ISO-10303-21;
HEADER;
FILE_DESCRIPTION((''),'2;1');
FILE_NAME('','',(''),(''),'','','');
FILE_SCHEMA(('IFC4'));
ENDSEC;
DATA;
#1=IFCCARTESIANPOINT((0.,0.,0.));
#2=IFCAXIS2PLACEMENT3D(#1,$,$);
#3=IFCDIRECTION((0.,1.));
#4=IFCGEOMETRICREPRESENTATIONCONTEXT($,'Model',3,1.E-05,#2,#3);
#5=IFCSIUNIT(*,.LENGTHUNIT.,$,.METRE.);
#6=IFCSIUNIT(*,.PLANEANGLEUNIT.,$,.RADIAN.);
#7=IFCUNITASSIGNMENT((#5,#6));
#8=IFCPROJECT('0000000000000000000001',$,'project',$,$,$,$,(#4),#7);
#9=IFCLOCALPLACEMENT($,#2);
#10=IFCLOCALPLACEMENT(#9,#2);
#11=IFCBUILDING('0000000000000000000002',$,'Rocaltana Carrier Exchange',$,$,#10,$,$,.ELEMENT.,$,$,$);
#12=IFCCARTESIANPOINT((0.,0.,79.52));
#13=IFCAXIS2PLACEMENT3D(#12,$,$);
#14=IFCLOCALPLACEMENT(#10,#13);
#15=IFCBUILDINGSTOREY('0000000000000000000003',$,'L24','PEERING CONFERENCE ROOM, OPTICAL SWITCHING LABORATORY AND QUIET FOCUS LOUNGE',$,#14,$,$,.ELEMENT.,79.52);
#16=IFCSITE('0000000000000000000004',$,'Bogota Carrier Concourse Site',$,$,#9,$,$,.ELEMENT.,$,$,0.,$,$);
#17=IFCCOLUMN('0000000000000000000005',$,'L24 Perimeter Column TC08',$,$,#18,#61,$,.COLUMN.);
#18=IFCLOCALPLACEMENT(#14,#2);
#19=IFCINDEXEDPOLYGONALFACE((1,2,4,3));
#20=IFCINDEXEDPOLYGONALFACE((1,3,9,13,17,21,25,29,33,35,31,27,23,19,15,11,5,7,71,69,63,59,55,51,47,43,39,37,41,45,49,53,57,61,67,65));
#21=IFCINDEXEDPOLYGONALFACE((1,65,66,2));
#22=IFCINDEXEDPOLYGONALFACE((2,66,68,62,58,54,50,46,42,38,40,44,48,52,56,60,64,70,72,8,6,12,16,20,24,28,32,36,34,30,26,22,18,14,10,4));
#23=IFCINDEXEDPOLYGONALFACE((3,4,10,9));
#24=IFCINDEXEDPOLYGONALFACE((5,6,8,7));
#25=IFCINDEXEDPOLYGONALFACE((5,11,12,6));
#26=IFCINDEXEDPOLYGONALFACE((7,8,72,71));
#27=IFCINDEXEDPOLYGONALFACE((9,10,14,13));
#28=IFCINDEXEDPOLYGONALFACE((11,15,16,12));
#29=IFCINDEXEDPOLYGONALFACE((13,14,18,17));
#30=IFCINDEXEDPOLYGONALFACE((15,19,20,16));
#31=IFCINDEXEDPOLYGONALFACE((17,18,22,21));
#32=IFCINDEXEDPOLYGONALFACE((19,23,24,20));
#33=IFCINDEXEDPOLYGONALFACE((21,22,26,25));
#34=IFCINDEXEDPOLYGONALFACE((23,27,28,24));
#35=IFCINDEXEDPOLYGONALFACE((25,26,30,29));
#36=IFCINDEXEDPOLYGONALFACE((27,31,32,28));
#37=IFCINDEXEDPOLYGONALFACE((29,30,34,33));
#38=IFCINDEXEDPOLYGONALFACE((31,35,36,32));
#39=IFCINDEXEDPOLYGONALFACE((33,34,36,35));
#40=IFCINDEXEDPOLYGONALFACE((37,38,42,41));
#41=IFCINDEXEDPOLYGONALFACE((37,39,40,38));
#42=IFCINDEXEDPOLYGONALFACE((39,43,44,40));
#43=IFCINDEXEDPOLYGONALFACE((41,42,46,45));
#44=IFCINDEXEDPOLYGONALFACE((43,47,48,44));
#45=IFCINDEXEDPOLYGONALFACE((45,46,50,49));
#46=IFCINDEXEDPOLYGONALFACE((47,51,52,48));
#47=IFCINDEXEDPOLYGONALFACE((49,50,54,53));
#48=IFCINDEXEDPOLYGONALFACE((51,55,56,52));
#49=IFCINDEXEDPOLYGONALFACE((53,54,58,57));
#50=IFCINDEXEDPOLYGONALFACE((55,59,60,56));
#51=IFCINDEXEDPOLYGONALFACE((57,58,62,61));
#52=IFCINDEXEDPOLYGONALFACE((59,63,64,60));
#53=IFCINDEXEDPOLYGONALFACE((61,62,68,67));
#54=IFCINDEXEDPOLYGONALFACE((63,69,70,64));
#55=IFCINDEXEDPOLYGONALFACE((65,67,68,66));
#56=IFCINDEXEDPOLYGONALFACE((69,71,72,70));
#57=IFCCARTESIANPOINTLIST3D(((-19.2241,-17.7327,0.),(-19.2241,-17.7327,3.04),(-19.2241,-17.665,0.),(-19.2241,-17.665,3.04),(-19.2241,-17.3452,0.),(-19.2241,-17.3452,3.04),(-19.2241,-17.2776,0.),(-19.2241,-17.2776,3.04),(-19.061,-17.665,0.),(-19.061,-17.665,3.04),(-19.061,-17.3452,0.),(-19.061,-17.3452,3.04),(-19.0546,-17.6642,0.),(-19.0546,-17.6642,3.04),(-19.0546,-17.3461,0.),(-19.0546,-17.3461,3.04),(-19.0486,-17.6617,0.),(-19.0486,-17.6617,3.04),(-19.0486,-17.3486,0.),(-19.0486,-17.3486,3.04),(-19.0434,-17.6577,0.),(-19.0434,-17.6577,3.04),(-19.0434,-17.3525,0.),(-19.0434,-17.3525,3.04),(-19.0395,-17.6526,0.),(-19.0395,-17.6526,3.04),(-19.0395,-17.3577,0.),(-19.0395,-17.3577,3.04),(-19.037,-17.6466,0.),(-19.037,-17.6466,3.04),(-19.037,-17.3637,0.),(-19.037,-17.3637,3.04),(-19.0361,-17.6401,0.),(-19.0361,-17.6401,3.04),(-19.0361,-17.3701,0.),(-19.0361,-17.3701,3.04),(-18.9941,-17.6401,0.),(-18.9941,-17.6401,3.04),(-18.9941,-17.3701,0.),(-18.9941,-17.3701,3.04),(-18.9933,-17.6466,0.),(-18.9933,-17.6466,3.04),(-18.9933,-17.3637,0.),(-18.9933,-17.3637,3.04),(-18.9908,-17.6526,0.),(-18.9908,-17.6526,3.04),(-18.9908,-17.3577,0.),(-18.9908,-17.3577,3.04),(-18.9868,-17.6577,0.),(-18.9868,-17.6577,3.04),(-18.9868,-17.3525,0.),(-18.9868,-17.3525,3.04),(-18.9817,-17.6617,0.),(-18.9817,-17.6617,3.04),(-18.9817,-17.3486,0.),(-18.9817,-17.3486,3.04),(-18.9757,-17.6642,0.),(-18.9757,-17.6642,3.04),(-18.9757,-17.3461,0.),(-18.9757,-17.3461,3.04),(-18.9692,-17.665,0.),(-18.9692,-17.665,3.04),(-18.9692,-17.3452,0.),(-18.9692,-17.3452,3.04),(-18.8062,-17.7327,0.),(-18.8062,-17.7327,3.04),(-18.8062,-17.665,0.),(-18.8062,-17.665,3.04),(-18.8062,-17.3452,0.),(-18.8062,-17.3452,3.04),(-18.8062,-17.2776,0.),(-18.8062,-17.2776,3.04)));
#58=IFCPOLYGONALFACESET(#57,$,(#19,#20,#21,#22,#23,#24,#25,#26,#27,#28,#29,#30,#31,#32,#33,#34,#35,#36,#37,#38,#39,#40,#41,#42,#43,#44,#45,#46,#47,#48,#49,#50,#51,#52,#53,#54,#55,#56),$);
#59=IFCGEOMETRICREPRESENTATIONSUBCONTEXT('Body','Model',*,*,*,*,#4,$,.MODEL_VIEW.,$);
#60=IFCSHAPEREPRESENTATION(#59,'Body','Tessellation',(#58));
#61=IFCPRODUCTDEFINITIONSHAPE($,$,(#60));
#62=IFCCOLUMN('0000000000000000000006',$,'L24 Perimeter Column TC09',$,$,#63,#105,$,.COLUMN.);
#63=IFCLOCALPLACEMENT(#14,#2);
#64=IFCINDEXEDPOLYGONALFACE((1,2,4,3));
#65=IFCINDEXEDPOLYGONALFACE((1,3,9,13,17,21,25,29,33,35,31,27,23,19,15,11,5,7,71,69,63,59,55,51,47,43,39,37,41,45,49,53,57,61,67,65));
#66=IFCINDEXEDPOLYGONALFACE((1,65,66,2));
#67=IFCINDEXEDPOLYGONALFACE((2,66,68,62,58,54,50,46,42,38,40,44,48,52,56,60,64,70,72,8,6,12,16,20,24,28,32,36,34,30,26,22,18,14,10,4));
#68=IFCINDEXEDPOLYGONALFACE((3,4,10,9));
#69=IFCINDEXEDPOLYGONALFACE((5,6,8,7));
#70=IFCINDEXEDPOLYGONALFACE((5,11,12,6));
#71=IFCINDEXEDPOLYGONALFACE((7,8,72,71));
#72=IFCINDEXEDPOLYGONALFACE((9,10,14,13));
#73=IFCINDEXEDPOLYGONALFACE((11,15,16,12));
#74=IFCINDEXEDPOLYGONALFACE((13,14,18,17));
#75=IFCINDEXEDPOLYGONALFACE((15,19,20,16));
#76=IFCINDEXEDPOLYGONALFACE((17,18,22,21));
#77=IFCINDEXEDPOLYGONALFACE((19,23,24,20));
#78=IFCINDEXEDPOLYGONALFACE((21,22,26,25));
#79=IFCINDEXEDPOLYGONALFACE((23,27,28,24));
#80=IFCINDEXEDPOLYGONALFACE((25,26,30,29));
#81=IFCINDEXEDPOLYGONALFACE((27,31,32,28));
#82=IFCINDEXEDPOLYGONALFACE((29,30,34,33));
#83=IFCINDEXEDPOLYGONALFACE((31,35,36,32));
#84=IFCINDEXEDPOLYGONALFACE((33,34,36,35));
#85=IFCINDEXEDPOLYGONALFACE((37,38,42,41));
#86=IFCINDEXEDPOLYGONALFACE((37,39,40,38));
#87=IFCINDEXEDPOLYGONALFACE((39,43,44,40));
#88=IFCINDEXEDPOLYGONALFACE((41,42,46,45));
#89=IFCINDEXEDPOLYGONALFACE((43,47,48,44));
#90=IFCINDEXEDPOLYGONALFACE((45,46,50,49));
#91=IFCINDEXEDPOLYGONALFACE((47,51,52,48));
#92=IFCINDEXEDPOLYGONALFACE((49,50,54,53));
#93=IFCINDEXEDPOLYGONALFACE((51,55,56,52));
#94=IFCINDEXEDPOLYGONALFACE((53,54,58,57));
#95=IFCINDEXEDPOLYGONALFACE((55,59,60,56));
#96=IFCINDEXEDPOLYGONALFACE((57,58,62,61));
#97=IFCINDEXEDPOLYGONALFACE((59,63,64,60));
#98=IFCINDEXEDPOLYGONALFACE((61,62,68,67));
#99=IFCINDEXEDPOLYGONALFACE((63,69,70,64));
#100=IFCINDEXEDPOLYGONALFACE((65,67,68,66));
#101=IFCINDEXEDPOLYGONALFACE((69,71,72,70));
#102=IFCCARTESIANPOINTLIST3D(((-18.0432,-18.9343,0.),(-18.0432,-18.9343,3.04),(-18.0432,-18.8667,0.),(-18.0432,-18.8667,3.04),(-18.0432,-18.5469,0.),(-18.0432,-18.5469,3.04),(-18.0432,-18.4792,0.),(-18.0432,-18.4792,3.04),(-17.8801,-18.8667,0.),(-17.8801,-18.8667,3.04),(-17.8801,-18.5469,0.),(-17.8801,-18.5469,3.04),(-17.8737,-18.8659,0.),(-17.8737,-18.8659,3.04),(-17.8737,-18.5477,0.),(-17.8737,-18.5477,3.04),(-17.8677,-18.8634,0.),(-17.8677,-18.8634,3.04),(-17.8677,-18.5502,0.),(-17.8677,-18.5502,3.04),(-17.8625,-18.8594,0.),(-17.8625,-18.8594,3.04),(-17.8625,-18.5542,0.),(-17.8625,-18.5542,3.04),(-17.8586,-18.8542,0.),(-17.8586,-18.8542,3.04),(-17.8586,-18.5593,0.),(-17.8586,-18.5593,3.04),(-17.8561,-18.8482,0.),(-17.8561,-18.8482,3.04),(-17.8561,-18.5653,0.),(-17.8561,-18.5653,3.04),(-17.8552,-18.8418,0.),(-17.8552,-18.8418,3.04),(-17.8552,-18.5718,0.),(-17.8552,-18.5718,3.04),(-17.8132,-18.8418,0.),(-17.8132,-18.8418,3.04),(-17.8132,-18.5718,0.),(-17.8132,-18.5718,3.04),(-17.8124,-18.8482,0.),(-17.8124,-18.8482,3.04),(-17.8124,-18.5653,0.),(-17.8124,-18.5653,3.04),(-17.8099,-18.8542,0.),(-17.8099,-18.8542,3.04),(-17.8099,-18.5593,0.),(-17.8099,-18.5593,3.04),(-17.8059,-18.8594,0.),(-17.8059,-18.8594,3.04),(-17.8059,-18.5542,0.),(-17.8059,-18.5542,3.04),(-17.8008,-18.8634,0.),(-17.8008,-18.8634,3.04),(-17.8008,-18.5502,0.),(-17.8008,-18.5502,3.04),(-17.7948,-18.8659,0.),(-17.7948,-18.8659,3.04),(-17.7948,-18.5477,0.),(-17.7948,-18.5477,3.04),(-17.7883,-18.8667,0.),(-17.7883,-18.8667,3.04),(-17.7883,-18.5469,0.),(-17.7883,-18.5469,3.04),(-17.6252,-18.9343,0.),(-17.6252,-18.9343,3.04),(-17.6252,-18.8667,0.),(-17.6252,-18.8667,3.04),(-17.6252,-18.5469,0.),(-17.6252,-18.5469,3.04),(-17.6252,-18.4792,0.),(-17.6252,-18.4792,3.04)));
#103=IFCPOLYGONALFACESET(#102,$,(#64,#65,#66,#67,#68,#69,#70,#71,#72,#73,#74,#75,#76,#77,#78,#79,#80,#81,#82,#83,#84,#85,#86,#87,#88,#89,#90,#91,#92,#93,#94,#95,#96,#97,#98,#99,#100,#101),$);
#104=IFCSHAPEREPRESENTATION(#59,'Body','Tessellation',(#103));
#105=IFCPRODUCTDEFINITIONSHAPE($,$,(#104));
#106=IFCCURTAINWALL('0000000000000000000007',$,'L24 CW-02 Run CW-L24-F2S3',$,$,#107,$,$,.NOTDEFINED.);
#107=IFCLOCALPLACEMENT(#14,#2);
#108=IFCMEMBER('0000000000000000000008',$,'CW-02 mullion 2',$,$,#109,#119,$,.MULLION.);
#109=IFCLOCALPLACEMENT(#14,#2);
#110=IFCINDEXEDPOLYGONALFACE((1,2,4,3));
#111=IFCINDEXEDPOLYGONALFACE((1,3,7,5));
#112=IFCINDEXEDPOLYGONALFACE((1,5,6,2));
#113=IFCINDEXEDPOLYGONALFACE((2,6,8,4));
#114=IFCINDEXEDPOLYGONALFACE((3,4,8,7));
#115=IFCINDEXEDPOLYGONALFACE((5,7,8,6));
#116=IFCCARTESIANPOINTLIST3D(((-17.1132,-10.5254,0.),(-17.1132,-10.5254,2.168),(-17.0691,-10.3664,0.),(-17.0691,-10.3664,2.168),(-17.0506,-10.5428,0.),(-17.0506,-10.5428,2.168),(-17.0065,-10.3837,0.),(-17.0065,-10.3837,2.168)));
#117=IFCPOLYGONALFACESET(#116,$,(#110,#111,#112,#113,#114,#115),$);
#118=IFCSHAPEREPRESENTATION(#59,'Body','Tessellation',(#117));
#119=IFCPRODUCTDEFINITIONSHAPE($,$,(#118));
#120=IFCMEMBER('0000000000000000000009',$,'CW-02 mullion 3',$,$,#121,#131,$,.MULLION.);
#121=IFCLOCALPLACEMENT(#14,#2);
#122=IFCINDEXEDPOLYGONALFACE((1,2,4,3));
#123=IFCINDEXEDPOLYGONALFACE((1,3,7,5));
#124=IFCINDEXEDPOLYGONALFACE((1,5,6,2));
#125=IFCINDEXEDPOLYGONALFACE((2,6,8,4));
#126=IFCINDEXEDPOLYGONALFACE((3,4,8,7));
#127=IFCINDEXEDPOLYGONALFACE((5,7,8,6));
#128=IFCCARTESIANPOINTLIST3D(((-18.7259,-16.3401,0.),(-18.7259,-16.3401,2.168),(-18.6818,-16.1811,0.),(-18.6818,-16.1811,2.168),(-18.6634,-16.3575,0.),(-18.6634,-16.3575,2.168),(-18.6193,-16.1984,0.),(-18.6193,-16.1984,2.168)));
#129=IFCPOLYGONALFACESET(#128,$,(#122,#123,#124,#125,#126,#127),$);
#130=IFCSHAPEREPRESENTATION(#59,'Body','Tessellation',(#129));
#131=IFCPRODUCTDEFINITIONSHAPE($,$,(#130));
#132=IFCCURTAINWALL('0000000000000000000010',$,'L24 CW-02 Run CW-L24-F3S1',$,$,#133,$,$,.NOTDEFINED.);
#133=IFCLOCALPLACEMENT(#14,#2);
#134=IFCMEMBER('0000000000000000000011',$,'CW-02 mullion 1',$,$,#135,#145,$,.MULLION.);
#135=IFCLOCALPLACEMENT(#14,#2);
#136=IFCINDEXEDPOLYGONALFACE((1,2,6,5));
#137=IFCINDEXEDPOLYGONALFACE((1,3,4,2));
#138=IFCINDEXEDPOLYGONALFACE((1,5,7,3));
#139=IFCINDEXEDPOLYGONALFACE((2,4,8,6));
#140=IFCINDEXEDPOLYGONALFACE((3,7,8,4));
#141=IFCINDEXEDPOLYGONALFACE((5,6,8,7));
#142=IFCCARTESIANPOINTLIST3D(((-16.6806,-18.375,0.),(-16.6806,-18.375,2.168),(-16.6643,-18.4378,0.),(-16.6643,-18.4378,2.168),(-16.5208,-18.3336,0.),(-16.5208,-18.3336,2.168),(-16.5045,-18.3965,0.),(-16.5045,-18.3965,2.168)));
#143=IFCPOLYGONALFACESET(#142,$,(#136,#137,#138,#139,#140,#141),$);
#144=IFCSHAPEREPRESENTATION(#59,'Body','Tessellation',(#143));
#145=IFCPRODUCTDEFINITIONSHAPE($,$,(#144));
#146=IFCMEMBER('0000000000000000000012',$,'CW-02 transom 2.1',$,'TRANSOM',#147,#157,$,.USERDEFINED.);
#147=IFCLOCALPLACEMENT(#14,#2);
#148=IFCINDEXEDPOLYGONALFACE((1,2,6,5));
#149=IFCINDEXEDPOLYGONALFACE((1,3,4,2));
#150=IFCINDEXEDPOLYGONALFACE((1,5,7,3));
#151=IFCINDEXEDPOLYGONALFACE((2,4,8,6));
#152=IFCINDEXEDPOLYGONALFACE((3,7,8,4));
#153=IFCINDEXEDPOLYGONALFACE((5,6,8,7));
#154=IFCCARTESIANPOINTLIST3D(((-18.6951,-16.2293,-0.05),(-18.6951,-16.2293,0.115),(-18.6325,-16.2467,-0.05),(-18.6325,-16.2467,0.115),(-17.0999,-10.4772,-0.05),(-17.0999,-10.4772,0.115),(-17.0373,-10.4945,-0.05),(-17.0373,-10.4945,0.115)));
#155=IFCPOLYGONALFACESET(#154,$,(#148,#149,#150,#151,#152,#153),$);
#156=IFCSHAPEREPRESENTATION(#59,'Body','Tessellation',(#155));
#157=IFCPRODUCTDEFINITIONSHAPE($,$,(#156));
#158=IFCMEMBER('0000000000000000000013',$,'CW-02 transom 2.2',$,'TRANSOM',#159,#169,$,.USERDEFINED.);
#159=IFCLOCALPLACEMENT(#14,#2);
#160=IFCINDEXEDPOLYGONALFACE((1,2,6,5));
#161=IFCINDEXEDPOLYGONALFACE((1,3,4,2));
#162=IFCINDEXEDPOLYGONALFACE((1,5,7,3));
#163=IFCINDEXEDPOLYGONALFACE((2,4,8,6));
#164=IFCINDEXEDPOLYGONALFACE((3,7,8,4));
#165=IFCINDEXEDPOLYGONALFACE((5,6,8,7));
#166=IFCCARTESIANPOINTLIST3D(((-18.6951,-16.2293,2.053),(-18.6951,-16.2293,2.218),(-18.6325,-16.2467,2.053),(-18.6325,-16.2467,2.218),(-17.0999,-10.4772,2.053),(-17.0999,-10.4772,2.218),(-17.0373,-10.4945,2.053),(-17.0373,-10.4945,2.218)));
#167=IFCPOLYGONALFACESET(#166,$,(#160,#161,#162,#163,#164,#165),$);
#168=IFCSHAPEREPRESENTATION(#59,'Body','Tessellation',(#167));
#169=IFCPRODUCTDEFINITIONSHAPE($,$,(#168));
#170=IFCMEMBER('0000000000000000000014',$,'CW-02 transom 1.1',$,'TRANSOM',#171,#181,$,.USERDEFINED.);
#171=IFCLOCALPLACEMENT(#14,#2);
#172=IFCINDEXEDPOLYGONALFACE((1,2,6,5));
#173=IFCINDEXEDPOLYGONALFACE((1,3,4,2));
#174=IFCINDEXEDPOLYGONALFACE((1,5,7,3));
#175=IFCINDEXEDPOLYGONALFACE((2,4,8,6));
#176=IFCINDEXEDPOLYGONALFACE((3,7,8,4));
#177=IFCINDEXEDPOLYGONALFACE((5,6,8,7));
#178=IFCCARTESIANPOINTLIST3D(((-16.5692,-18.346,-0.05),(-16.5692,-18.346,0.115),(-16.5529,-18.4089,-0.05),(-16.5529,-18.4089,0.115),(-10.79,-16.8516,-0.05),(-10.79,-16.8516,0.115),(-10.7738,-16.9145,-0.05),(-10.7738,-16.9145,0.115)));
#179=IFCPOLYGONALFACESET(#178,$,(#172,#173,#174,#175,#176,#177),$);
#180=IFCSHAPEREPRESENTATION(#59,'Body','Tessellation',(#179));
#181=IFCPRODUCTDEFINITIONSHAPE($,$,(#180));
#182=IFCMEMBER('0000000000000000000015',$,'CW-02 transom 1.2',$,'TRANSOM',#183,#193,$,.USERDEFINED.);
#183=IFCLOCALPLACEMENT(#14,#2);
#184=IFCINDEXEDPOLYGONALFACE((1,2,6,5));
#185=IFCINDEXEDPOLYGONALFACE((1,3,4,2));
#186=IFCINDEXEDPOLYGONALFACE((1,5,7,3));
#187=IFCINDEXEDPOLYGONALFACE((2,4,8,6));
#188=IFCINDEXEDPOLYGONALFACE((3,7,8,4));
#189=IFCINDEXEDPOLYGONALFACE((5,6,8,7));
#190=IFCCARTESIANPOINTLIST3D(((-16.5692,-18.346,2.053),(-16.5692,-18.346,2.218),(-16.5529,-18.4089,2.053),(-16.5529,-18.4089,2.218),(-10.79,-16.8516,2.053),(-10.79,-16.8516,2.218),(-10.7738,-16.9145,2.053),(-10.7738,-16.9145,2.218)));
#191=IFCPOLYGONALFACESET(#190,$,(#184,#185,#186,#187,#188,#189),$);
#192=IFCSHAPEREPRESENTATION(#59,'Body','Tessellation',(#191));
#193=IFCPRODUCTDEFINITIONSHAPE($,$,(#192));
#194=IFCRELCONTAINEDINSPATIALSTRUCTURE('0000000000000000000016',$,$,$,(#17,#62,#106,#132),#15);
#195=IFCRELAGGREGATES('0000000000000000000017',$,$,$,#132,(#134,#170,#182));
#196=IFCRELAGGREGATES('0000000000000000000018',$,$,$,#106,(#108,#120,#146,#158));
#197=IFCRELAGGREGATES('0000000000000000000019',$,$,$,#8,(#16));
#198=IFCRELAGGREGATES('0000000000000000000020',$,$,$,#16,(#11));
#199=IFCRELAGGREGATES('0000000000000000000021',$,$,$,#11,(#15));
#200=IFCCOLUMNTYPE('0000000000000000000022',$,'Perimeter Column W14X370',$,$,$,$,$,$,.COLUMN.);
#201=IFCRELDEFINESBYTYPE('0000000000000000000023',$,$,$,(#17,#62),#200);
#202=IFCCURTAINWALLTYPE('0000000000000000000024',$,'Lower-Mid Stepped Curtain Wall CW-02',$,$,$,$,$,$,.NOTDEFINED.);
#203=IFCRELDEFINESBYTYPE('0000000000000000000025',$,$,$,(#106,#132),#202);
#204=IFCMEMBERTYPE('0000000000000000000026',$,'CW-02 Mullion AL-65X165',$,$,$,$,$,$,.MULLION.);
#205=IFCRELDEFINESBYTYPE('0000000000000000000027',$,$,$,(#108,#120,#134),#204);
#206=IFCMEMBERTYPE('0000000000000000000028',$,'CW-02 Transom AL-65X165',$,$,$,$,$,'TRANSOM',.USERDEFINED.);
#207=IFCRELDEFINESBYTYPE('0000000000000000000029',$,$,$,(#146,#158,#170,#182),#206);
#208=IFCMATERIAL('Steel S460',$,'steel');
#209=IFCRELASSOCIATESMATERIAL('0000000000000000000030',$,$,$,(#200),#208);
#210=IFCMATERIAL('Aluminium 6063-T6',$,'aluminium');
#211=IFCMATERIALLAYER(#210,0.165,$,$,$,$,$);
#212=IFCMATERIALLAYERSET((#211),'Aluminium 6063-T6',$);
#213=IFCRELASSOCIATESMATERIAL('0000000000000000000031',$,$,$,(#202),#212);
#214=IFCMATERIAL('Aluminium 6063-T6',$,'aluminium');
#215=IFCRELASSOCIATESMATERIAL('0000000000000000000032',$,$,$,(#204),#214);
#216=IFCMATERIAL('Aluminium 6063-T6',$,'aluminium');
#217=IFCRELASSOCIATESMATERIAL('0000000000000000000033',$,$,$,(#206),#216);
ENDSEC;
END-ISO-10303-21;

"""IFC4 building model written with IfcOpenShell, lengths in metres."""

from ifc_helpers import new_model, si_unit, direction, frame, origin, origin_2d, place, context, subcontext, project, spatial, rectangle, i_section, extrude, material, layer, layer_set, material_profile, profile_set, type_object, element, aggregate, save


model = new_model("IFC4")

# Units and contexts
model_context = context("Model", 3, precision=1e-05, world=origin(), true_north=direction((0.0, 1.0)))
body_context = subcontext(model_context, "Body", "Model", "MODEL_VIEW")
ifc_project = project(units=[si_unit("LENGTHUNIT", "METRE"), si_unit("PLANEANGLEUNIT", "RADIAN")], contexts=[model_context])

# Site, building, storey
site_placement = place(None, origin())
site = spatial("IfcSite", under=ifc_project, at=site_placement, Name="Bogota Carrier Concourse Site", CompositionType="ELEMENT", RefElevation=0.0)
building_placement = place(site_placement, origin())
building = spatial("IfcBuilding", under=site, at=building_placement, Name="Rocaltana Carrier Exchange", CompositionType="ELEMENT")
storey_placement = place(building_placement, frame((0.0, 0.0, 79.52)))
storey = spatial("IfcBuildingStorey", under=building, at=storey_placement, Name="L24", Description="PEERING CONFERENCE ROOM, OPTICAL SWITCHING LABORATORY AND QUIET FOCUS LOUNGE", CompositionType="ELEMENT", Elevation=79.52)

# Columns
ifc_material_1 = material(Name="Steel S460", Category="steel")
ifc_material_profile_1 = material_profile(ifc_material_1, i_section(OverallWidth=0.418, OverallDepth=0.4551, WebThickness=0.042, FlangeThickness=0.0676, FilletRadius=0.0249, at=origin_2d()), Name="W14X370")
ifc_profile_set_1 = profile_set([ifc_material_profile_1], Name="Steel S460")
column_type = type_object("IfcColumnType", Name="Perimeter Column W14X370", PredefinedType="COLUMN", material=ifc_profile_set_1)
for number, where, z_axis, x_axis, name in (
    (1, (-19.0151, -17.5051, 0.0), (0.0, 0.0, 1.0), (1.0, 0.0, 0.0), "L24 Perimeter Column TC08"),
    (2, (-17.8342, -18.7068, 0.0), (0.0, 0.0, 1.0), (1.0, 0.0, 0.0), "L24 Perimeter Column TC09"),
):
    element("IfcColumn", number, at=place(storey_placement, frame(where, z_axis=z_axis, x_axis=x_axis)), inside=storey, type_object=column_type, Name=name, PredefinedType="COLUMN", context=body_context, shape_type="SweptSolid", body=[
        extrude(i_section(OverallWidth=0.418, OverallDepth=0.4551, WebThickness=0.042, FlangeThickness=0.0676, FilletRadius=0.0249, at=origin_2d()), origin(), (0.0, 0.0, 1.0), 3.04),
    ])

# Curtain wall, members
ifc_material_2 = material(Name="Aluminium 6063-T6", Category="aluminium")
ifc_layer_1 = layer(ifc_material_2, 0.165)
ifc_layer_set_1 = layer_set([ifc_layer_1], Name="Aluminium 6063-T6")
curtain_wall_type = type_object("IfcCurtainWallType", Name="Lower-Mid Stepped Curtain Wall CW-02", PredefinedType="NOTDEFINED", material=ifc_layer_set_1)
curtain_wall_1_placement = place(storey_placement, origin())
curtain_wall_1 = element("IfcCurtainWall", 3, at=curtain_wall_1_placement, inside=storey, type_object=curtain_wall_type, Name="L24 CW-02 Run CW-L24-F2S3", PredefinedType="NOTDEFINED")
ifc_material_3 = material(Name="Aluminium 6063-T6", Category="aluminium")
ifc_material_profile_2 = material_profile(ifc_material_3, rectangle(XDim=0.0649, YDim=0.165, at=origin_2d()), Name="AL-65X165")
ifc_profile_set_2 = profile_set([ifc_material_profile_2], Name="Aluminium 6063-T6")
member_type_1 = type_object("IfcMemberType", Name="CW-02 Mullion AL-65X165", PredefinedType="MULLION", material=ifc_profile_set_2)
member_1_placement = place(storey_placement, frame((-17.0598, -10.4546, 0.0), z_axis=(0.0, 0.0, 1.0), x_axis=(0.963629, -0.267243, 0.0)))
member_1 = element("IfcMember", 4, at=member_1_placement, type_object=member_type_1, Name="CW-02 mullion 2", PredefinedType="MULLION", context=body_context, shape_type="SweptSolid", body=[
    extrude(rectangle(XDim=0.0649, YDim=0.165, at=origin_2d()), origin(), (0.0, 0.0, 1.0), 2.168),
])
member_2_placement = place(storey_placement, frame((-18.6726, -16.2693, 0.0), z_axis=(0.0, 0.0, 1.0), x_axis=(0.963629, -0.267243, 0.0)))
member_2 = element("IfcMember", 5, at=member_2_placement, type_object=member_type_1, Name="CW-02 mullion 3", PredefinedType="MULLION", context=body_context, shape_type="SweptSolid", body=[
    extrude(rectangle(XDim=0.0649, YDim=0.165, at=origin_2d()), origin(), (0.0, 0.0, 1.0), 2.168),
])

# Curtain wall, member
curtain_wall_2_placement = place(storey_placement, origin())
curtain_wall_2 = element("IfcCurtainWall", 6, at=curtain_wall_2_placement, inside=storey, type_object=curtain_wall_type, Name="L24 CW-02 Run CW-L24-F3S1", PredefinedType="NOTDEFINED")
member_3_placement = place(storey_placement, frame((-16.5925, -18.3857, 0.0), z_axis=(0.0, 0.0, 1.0), x_axis=(-0.250378, 0.968148, 0.0)))
member_3 = element("IfcMember", 7, at=member_3_placement, type_object=member_type_1, Name="CW-02 mullion 1", PredefinedType="MULLION", context=body_context, shape_type="SweptSolid", body=[
    extrude(rectangle(XDim=0.0649, YDim=0.165, at=origin_2d()), origin(), (0.0, 0.0, 1.0), 2.168),
])

# Members
ifc_material_4 = material(Name="Aluminium 6063-T6", Category="aluminium")
ifc_material_profile_3 = material_profile(ifc_material_4, rectangle(XDim=0.0649, YDim=0.165, at=origin_2d()), Name="AL-65X165")
ifc_profile_set_3 = profile_set([ifc_material_profile_3], Name="Aluminium 6063-T6")
member_type_2 = type_object("IfcMemberType", Name="CW-02 Transom AL-65X165", ElementType="TRANSOM", PredefinedType="USERDEFINED", material=ifc_profile_set_3)
member_4_placement = place(storey_placement, frame((-17.0686, -10.4858, 0.0325), z_axis=(-0.267237, -0.963631, 0.0), x_axis=(0.963631, -0.267237, 0.0)))
member_4 = element("IfcMember", 8, at=member_4_placement, type_object=member_type_2, Name="CW-02 transom 2.1", ObjectType="TRANSOM", PredefinedType="USERDEFINED", context=body_context, shape_type="SweptSolid", body=[
    extrude(rectangle(XDim=0.0649, YDim=0.165, at=origin_2d()), origin(), (0.0, 0.0, 1.0), 5.9692),
])
member_5_placement = place(storey_placement, frame((-17.0686, -10.4858, 2.1355), z_axis=(-0.267237, -0.963631, 0.0), x_axis=(0.963631, -0.267237, 0.0)))
member_5 = element("IfcMember", 9, at=member_5_placement, type_object=member_type_2, Name="CW-02 transom 2.2", ObjectType="TRANSOM", PredefinedType="USERDEFINED", context=body_context, shape_type="SweptSolid", body=[
    extrude(rectangle(XDim=0.0649, YDim=0.165, at=origin_2d()), origin(), (0.0, 0.0, 1.0), 5.9692),
])
member_6_placement = place(storey_placement, frame((-16.561, -18.3774, 0.0325), z_axis=(0.968155, 0.250352, 0.0), x_axis=(-0.250352, 0.968155, 0.0)))
member_6 = element("IfcMember", 10, at=member_6_placement, type_object=member_type_2, Name="CW-02 transom 1.1", ObjectType="TRANSOM", PredefinedType="USERDEFINED", context=body_context, shape_type="SweptSolid", body=[
    extrude(rectangle(XDim=0.0649, YDim=0.165, at=origin_2d()), origin(), (0.0, 0.0, 1.0), 5.9692),
])
member_7_placement = place(storey_placement, frame((-16.561, -18.3774, 2.1355), z_axis=(0.968155, 0.250352, 0.0), x_axis=(-0.250352, 0.968155, 0.0)))
member_7 = element("IfcMember", 11, at=member_7_placement, type_object=member_type_2, Name="CW-02 transom 1.2", ObjectType="TRANSOM", PredefinedType="USERDEFINED", context=body_context, shape_type="SweptSolid", body=[
    extrude(rectangle(XDim=0.0649, YDim=0.165, at=origin_2d()), origin(), (0.0, 0.0, 1.0), 5.9692),
])
aggregate(curtain_wall_2, [member_3, member_6, member_7])

aggregate(curtain_wall_1, [member_1, member_2, member_4, member_5])

save(model, "model.ifc")
